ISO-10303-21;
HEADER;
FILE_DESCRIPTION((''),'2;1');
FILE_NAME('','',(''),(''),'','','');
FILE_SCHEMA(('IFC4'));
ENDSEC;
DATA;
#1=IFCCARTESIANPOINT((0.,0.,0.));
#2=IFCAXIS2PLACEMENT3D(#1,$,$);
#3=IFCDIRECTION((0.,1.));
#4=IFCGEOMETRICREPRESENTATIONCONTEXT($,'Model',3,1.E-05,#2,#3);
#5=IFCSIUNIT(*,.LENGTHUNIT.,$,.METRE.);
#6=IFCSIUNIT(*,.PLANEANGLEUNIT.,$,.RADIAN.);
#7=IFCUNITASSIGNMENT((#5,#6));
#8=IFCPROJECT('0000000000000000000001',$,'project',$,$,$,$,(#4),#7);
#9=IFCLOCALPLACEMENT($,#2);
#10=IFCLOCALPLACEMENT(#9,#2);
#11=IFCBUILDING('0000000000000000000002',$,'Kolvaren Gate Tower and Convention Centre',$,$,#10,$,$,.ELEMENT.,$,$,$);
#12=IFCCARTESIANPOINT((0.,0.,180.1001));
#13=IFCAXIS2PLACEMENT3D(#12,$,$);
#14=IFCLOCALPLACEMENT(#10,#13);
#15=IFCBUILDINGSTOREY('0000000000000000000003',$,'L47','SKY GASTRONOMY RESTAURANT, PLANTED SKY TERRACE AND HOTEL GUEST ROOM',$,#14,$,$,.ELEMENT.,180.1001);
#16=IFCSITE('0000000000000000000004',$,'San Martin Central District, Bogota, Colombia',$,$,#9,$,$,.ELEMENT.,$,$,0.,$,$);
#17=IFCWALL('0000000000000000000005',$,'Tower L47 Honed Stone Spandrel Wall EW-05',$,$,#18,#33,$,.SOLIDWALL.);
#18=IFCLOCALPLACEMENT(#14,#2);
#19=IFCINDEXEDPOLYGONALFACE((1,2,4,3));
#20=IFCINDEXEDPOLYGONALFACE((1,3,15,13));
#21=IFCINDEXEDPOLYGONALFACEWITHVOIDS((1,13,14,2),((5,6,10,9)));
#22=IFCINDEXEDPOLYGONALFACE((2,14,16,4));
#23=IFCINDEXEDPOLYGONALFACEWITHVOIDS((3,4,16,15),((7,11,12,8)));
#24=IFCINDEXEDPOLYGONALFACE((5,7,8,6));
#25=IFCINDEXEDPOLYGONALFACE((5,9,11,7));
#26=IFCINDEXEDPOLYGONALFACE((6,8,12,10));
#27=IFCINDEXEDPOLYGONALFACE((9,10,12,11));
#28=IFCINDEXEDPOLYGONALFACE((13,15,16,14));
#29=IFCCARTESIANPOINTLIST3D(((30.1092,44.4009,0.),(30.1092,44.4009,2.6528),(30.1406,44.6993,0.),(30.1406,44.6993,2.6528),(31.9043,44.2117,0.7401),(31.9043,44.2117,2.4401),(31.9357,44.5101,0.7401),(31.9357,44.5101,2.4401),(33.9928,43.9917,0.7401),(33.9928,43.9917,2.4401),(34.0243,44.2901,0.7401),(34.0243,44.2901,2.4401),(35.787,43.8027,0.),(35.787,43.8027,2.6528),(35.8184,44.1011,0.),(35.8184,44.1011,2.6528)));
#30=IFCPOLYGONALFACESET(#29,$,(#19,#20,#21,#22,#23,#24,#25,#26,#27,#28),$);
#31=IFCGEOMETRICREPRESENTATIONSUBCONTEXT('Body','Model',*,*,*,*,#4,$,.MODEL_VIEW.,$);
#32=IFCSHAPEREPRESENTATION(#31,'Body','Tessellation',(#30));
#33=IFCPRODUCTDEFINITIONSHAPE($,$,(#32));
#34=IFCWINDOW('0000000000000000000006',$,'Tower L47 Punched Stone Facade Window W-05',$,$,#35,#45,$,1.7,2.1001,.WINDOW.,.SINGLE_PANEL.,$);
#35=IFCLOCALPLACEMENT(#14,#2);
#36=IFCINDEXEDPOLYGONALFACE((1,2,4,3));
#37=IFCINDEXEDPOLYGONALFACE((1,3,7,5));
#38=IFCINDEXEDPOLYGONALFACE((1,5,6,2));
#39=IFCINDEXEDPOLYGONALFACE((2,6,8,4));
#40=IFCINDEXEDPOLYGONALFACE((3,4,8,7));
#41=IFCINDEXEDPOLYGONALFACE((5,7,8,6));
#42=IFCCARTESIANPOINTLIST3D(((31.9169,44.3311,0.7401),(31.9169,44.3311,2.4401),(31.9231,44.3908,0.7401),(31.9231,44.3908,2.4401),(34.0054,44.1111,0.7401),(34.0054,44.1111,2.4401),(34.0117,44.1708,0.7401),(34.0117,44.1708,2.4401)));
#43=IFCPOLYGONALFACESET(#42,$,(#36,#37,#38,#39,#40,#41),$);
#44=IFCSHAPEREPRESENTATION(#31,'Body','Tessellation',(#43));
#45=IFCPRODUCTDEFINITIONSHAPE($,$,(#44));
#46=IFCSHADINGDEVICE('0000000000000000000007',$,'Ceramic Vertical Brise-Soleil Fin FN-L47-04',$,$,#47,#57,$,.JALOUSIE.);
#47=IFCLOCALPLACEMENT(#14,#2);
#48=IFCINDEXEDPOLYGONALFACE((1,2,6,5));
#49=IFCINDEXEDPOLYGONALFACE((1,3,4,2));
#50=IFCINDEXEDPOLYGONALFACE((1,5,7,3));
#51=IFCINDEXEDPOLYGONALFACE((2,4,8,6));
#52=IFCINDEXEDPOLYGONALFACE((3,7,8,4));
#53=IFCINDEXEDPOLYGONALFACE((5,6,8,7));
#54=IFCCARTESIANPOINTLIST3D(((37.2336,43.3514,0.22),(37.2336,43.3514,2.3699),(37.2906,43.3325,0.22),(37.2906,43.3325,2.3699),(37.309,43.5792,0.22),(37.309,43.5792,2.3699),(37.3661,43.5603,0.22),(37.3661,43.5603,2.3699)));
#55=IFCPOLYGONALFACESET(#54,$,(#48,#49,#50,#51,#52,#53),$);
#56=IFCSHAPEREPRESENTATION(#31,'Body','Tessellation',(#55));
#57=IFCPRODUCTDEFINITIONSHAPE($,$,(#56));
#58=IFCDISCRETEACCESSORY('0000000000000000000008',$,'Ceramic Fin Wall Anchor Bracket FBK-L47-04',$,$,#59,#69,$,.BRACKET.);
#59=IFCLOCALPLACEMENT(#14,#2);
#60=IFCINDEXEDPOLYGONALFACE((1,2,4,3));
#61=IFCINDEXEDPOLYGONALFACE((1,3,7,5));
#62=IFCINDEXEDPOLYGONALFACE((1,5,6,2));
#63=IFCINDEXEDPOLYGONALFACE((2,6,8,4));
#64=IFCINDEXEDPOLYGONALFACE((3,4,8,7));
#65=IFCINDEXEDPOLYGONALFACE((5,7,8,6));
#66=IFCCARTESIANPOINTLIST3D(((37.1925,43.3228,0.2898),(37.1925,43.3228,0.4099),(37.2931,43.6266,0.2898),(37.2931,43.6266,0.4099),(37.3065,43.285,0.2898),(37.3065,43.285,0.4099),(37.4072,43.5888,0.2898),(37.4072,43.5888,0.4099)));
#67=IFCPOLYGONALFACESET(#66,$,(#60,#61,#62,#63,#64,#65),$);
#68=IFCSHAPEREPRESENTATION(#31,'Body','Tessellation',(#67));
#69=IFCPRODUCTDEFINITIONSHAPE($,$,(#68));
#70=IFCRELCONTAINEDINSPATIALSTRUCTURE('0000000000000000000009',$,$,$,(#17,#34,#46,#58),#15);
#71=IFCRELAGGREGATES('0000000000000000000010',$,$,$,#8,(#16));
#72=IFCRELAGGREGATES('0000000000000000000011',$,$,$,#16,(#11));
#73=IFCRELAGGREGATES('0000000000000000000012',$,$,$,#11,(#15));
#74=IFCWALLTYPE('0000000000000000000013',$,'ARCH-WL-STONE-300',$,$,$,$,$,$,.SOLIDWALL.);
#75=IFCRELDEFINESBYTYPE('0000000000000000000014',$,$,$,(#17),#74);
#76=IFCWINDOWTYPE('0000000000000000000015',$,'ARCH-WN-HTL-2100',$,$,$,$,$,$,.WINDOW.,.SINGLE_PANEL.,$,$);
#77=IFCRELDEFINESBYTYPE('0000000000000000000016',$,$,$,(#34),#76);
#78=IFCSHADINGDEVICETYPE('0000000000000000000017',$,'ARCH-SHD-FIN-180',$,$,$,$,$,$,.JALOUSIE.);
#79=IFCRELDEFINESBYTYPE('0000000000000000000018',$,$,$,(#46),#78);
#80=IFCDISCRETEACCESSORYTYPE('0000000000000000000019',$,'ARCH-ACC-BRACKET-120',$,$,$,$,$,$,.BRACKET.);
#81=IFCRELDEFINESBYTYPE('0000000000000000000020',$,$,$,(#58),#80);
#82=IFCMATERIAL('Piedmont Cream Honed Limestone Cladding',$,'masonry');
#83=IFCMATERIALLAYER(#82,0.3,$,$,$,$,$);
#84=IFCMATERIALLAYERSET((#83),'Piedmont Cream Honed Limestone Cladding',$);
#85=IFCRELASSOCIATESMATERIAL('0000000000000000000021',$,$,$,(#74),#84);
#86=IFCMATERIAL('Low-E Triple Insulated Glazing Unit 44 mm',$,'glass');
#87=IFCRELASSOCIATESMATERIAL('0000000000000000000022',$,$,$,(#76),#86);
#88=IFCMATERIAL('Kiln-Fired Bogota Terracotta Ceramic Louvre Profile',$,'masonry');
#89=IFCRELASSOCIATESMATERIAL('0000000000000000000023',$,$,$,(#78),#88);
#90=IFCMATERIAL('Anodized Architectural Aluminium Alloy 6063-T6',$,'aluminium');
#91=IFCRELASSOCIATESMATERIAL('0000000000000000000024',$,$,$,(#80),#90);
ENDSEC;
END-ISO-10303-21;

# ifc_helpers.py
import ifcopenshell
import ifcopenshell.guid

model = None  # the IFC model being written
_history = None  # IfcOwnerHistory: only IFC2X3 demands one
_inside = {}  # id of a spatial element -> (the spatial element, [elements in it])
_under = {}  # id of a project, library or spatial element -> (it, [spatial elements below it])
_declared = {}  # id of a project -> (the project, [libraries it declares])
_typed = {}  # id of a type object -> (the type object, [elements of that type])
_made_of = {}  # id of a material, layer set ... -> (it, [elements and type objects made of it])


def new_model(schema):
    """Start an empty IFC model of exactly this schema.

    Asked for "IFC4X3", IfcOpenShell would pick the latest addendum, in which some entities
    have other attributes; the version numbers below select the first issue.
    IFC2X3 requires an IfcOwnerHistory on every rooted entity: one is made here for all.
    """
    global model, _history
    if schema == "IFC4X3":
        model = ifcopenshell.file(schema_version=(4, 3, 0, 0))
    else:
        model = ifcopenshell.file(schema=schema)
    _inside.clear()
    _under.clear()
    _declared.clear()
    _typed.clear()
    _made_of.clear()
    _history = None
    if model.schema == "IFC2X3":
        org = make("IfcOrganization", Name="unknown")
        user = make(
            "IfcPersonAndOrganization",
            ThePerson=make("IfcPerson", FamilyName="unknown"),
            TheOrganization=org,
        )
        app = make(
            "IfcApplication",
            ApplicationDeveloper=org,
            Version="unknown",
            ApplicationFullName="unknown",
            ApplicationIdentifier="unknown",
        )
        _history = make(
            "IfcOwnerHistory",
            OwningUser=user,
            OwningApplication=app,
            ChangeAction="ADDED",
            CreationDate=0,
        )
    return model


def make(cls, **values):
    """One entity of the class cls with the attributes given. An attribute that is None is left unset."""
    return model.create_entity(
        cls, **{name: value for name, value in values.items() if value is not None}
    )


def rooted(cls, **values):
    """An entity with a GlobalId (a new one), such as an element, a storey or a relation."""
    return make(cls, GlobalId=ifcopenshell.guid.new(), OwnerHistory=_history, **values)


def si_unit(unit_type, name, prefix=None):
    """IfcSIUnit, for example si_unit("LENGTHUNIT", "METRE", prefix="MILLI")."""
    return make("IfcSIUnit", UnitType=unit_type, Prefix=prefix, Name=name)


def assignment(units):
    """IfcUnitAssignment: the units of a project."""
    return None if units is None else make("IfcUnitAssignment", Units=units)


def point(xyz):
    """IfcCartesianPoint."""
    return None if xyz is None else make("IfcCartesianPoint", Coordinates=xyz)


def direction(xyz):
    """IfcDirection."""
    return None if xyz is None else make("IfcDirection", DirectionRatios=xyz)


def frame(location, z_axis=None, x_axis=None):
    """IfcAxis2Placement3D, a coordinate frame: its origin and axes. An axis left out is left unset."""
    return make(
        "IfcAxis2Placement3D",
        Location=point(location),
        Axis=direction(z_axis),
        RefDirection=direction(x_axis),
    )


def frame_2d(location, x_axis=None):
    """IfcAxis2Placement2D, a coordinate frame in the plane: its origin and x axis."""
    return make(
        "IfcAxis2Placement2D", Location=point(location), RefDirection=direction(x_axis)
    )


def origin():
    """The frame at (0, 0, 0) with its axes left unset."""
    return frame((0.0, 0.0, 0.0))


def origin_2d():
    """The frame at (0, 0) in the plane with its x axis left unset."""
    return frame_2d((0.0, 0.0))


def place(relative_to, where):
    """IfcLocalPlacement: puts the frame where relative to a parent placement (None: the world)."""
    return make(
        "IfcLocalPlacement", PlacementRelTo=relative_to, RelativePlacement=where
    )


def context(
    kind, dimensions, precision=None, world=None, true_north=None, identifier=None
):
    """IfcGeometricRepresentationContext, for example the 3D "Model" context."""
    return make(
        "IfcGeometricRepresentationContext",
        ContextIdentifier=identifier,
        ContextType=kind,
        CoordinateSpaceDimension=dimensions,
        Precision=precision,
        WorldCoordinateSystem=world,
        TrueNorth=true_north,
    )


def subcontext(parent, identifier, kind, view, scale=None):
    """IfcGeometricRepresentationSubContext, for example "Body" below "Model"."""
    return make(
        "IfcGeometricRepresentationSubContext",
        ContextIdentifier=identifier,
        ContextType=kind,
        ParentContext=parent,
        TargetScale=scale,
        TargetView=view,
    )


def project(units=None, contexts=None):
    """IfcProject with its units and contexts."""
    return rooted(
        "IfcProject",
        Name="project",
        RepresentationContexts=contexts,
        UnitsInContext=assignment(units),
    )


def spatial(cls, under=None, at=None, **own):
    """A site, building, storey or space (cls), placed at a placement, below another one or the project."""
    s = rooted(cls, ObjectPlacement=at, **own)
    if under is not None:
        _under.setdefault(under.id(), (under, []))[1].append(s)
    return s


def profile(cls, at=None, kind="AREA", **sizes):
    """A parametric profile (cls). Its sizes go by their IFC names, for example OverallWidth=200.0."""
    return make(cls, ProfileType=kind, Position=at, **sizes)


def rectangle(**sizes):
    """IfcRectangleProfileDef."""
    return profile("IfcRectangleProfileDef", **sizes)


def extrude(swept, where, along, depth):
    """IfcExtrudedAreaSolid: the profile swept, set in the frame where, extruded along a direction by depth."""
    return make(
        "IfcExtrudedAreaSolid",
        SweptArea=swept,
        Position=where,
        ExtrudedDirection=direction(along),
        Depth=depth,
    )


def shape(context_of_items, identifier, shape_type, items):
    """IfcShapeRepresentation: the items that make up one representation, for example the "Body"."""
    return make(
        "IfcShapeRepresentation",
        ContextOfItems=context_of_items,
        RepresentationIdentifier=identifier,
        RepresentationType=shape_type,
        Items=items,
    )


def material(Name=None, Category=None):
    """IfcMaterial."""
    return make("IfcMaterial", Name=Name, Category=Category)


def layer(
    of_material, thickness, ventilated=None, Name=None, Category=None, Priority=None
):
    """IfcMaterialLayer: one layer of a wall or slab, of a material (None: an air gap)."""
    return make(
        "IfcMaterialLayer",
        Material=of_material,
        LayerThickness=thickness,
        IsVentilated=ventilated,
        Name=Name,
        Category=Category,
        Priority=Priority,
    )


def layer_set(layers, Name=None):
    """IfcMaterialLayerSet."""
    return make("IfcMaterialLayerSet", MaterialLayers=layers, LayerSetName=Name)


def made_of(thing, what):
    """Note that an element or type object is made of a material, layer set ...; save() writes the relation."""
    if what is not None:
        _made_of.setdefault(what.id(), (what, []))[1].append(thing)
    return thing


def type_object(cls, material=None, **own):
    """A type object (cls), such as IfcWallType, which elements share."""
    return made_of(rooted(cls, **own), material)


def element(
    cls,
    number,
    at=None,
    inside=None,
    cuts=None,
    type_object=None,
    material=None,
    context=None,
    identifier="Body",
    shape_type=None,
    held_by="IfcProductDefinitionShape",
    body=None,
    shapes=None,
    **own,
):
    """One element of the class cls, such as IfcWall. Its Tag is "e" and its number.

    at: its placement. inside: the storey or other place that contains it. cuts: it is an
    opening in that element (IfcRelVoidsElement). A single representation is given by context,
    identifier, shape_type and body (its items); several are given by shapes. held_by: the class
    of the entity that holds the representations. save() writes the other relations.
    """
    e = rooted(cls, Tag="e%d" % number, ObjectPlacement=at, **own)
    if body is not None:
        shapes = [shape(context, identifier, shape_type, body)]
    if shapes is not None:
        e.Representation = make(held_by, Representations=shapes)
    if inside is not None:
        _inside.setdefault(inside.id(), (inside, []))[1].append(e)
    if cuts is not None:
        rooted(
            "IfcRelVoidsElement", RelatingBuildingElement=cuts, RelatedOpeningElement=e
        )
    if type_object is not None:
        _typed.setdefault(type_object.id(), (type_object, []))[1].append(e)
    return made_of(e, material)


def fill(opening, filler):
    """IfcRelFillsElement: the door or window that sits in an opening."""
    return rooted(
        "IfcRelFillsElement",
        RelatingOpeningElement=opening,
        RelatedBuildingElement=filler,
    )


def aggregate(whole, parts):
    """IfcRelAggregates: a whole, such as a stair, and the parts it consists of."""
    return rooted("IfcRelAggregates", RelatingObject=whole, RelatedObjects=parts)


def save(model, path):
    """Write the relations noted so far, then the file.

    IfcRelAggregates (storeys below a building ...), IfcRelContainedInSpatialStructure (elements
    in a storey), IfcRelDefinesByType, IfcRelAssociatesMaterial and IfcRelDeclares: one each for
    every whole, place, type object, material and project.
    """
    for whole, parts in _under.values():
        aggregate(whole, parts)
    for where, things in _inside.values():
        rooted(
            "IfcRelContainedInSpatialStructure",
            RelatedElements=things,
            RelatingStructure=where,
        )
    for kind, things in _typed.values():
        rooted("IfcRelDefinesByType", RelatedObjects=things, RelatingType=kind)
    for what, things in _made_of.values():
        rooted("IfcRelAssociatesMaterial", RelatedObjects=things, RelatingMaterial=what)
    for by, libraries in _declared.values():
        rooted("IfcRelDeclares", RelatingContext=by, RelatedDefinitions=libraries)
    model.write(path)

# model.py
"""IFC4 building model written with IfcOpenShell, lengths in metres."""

from ifc_helpers import new_model, si_unit, direction, frame, frame_2d, origin, origin_2d, place, context, subcontext, project, spatial, rectangle, extrude, material, layer, layer_set, type_object, element, fill, save


model = new_model("IFC4")

# Units and contexts
model_context = context("Model", 3, precision=1e-05, world=origin(), true_north=direction((0.0, 1.0)))
body_context = subcontext(model_context, "Body", "Model", "MODEL_VIEW")
ifc_project = project(units=[si_unit("LENGTHUNIT", "METRE"), si_unit("PLANEANGLEUNIT", "RADIAN")], contexts=[model_context])

# Site, building, storey
site_placement = place(None, origin())
site = spatial("IfcSite", under=ifc_project, at=site_placement, Name="San Martin Central District, Bogota, Colombia", CompositionType="ELEMENT", RefElevation=0.0)
building_placement = place(site_placement, origin())
building = spatial("IfcBuilding", under=site, at=building_placement, Name="Kolvaren Gate Tower and Convention Centre", CompositionType="ELEMENT")
storey_placement = place(building_placement, frame((0.0, 0.0, 180.1001)))
storey = spatial("IfcBuildingStorey", under=building, at=storey_placement, Name="L47", Description="SKY GASTRONOMY RESTAURANT, PLANTED SKY TERRACE AND HOTEL GUEST ROOM", CompositionType="ELEMENT", Elevation=180.1001)

# Wall, opening, window
ifc_material_1 = material(Name="Piedmont Cream Honed Limestone Cladding", Category="masonry")
ifc_layer_1 = layer(ifc_material_1, 0.3)
ifc_layer_set_1 = layer_set([ifc_layer_1], Name="Piedmont Cream Honed Limestone Cladding")
wall_type_1 = type_object("IfcWallType", Name="ARCH-WL-STONE-300", PredefinedType="SOLIDWALL", material=ifc_layer_set_1)
ifc_material_2 = material(Name="Low-E Triple Insulated Glazing Unit 44 mm", Category="glass")
window_type = type_object("IfcWindowType", Name="ARCH-WN-HTL-2100", PartitioningType="SINGLE_PANEL", PredefinedType="WINDOW", material=ifc_material_2)
wall_1_placement = place(storey_placement, frame((30.125, 44.55, 0.0), z_axis=(0.0, 0.0, 1.0), x_axis=(0.994497, -0.104769, 0.0)))
wall_1 = element("IfcWall", 1, at=wall_1_placement, inside=storey, type_object=wall_type_1, Name="Tower L47 Honed Stone Spandrel Wall EW-05", PredefinedType="SOLIDWALL", context=body_context, shape_type="SweptSolid", body=[
    extrude(rectangle(XDim=5.7092, YDim=0.3, at=frame_2d((2.8545, 0.0))), origin(), (0.0, 0.0, 1.0), 2.6528),
])
opening_1_placement = place(wall_1_placement, frame((1.8049, 0.0, 0.74)))
opening_1 = element("IfcOpeningElement", 2, at=opening_1_placement, cuts=wall_1, PredefinedType="OPENING", context=body_context, shape_type="SweptSolid", body=[
    extrude(rectangle(XDim=2.1001, YDim=1.7, at=frame_2d((1.05, 0.8501))), frame((0.0, 0.1599, 0.0), z_axis=(0.0, -1.0, 0.0), x_axis=(1.0, 0.0, 0.0)), (0.0, 0.0, 1.0), 0.3201),
])
window_1_placement = place(opening_1_placement, origin())
window_1 = element("IfcWindow", 3, at=window_1_placement, inside=storey, type_object=window_type, Name="Tower L47 Punched Stone Facade Window W-05", OverallHeight=1.7, OverallWidth=2.1001, PartitioningType="SINGLE_PANEL", PredefinedType="WINDOW", context=body_context, shape_type="SweptSolid", body=[
    extrude(rectangle(XDim=2.1001, YDim=1.7, at=frame_2d((1.05, 0.8501))), frame((0.0, 0.03, 0.0), z_axis=(0.0, -1.0, 0.0), x_axis=(1.0, 0.0, 0.0)), (0.0, 0.0, 1.0), 0.0601),
])
fill(opening_1, window_1)

# Shading device
ifc_material_3 = material(Name="Kiln-Fired Bogota Terracotta Ceramic Louvre Profile", Category="masonry")
shading_device_type = type_object("IfcShadingDeviceType", Name="ARCH-SHD-FIN-180", PredefinedType="JALOUSIE", material=ifc_material_3)
shading_device_placement = place(storey_placement, frame((37.2998, 43.4558, 0.22), z_axis=(0.0, 0.0, 1.0), x_axis=(0.94924, -0.314554, 0.0)))
element("IfcShadingDevice", 4, at=shading_device_placement, inside=storey, type_object=shading_device_type, Name="Ceramic Vertical Brise-Soleil Fin FN-L47-04", PredefinedType="JALOUSIE", context=body_context, shape_type="SweptSolid", body=[
    extrude(rectangle(XDim=0.0601, YDim=0.24, at=origin_2d()), origin(), (0.0, 0.0, 1.0), 2.1499),
])

# Discrete accessory
ifc_material_4 = material(Name="Anodized Architectural Aluminium Alloy 6063-T6", Category="aluminium")
discrete_accessory_type = type_object("IfcDiscreteAccessoryType", Name="ARCH-ACC-BRACKET-120", PredefinedType="BRACKET", material=ifc_material_4)
discrete_accessory_placement = place(storey_placement, frame((37.2998, 43.4558, 0.2898), z_axis=(0.0, 0.0, 1.0), x_axis=(0.94924, -0.314554, 0.0)))
element("IfcDiscreteAccessory", 5, at=discrete_accessory_placement, inside=storey, type_object=discrete_accessory_type, Name="Ceramic Fin Wall Anchor Bracket FBK-L47-04", PredefinedType="BRACKET", context=body_context, shape_type="SweptSolid", body=[
    extrude(rectangle(XDim=0.1201, YDim=0.3201, at=origin_2d()), origin(), (0.0, 0.0, 1.0), 0.1201),
])

save(model, "model.ifc")
